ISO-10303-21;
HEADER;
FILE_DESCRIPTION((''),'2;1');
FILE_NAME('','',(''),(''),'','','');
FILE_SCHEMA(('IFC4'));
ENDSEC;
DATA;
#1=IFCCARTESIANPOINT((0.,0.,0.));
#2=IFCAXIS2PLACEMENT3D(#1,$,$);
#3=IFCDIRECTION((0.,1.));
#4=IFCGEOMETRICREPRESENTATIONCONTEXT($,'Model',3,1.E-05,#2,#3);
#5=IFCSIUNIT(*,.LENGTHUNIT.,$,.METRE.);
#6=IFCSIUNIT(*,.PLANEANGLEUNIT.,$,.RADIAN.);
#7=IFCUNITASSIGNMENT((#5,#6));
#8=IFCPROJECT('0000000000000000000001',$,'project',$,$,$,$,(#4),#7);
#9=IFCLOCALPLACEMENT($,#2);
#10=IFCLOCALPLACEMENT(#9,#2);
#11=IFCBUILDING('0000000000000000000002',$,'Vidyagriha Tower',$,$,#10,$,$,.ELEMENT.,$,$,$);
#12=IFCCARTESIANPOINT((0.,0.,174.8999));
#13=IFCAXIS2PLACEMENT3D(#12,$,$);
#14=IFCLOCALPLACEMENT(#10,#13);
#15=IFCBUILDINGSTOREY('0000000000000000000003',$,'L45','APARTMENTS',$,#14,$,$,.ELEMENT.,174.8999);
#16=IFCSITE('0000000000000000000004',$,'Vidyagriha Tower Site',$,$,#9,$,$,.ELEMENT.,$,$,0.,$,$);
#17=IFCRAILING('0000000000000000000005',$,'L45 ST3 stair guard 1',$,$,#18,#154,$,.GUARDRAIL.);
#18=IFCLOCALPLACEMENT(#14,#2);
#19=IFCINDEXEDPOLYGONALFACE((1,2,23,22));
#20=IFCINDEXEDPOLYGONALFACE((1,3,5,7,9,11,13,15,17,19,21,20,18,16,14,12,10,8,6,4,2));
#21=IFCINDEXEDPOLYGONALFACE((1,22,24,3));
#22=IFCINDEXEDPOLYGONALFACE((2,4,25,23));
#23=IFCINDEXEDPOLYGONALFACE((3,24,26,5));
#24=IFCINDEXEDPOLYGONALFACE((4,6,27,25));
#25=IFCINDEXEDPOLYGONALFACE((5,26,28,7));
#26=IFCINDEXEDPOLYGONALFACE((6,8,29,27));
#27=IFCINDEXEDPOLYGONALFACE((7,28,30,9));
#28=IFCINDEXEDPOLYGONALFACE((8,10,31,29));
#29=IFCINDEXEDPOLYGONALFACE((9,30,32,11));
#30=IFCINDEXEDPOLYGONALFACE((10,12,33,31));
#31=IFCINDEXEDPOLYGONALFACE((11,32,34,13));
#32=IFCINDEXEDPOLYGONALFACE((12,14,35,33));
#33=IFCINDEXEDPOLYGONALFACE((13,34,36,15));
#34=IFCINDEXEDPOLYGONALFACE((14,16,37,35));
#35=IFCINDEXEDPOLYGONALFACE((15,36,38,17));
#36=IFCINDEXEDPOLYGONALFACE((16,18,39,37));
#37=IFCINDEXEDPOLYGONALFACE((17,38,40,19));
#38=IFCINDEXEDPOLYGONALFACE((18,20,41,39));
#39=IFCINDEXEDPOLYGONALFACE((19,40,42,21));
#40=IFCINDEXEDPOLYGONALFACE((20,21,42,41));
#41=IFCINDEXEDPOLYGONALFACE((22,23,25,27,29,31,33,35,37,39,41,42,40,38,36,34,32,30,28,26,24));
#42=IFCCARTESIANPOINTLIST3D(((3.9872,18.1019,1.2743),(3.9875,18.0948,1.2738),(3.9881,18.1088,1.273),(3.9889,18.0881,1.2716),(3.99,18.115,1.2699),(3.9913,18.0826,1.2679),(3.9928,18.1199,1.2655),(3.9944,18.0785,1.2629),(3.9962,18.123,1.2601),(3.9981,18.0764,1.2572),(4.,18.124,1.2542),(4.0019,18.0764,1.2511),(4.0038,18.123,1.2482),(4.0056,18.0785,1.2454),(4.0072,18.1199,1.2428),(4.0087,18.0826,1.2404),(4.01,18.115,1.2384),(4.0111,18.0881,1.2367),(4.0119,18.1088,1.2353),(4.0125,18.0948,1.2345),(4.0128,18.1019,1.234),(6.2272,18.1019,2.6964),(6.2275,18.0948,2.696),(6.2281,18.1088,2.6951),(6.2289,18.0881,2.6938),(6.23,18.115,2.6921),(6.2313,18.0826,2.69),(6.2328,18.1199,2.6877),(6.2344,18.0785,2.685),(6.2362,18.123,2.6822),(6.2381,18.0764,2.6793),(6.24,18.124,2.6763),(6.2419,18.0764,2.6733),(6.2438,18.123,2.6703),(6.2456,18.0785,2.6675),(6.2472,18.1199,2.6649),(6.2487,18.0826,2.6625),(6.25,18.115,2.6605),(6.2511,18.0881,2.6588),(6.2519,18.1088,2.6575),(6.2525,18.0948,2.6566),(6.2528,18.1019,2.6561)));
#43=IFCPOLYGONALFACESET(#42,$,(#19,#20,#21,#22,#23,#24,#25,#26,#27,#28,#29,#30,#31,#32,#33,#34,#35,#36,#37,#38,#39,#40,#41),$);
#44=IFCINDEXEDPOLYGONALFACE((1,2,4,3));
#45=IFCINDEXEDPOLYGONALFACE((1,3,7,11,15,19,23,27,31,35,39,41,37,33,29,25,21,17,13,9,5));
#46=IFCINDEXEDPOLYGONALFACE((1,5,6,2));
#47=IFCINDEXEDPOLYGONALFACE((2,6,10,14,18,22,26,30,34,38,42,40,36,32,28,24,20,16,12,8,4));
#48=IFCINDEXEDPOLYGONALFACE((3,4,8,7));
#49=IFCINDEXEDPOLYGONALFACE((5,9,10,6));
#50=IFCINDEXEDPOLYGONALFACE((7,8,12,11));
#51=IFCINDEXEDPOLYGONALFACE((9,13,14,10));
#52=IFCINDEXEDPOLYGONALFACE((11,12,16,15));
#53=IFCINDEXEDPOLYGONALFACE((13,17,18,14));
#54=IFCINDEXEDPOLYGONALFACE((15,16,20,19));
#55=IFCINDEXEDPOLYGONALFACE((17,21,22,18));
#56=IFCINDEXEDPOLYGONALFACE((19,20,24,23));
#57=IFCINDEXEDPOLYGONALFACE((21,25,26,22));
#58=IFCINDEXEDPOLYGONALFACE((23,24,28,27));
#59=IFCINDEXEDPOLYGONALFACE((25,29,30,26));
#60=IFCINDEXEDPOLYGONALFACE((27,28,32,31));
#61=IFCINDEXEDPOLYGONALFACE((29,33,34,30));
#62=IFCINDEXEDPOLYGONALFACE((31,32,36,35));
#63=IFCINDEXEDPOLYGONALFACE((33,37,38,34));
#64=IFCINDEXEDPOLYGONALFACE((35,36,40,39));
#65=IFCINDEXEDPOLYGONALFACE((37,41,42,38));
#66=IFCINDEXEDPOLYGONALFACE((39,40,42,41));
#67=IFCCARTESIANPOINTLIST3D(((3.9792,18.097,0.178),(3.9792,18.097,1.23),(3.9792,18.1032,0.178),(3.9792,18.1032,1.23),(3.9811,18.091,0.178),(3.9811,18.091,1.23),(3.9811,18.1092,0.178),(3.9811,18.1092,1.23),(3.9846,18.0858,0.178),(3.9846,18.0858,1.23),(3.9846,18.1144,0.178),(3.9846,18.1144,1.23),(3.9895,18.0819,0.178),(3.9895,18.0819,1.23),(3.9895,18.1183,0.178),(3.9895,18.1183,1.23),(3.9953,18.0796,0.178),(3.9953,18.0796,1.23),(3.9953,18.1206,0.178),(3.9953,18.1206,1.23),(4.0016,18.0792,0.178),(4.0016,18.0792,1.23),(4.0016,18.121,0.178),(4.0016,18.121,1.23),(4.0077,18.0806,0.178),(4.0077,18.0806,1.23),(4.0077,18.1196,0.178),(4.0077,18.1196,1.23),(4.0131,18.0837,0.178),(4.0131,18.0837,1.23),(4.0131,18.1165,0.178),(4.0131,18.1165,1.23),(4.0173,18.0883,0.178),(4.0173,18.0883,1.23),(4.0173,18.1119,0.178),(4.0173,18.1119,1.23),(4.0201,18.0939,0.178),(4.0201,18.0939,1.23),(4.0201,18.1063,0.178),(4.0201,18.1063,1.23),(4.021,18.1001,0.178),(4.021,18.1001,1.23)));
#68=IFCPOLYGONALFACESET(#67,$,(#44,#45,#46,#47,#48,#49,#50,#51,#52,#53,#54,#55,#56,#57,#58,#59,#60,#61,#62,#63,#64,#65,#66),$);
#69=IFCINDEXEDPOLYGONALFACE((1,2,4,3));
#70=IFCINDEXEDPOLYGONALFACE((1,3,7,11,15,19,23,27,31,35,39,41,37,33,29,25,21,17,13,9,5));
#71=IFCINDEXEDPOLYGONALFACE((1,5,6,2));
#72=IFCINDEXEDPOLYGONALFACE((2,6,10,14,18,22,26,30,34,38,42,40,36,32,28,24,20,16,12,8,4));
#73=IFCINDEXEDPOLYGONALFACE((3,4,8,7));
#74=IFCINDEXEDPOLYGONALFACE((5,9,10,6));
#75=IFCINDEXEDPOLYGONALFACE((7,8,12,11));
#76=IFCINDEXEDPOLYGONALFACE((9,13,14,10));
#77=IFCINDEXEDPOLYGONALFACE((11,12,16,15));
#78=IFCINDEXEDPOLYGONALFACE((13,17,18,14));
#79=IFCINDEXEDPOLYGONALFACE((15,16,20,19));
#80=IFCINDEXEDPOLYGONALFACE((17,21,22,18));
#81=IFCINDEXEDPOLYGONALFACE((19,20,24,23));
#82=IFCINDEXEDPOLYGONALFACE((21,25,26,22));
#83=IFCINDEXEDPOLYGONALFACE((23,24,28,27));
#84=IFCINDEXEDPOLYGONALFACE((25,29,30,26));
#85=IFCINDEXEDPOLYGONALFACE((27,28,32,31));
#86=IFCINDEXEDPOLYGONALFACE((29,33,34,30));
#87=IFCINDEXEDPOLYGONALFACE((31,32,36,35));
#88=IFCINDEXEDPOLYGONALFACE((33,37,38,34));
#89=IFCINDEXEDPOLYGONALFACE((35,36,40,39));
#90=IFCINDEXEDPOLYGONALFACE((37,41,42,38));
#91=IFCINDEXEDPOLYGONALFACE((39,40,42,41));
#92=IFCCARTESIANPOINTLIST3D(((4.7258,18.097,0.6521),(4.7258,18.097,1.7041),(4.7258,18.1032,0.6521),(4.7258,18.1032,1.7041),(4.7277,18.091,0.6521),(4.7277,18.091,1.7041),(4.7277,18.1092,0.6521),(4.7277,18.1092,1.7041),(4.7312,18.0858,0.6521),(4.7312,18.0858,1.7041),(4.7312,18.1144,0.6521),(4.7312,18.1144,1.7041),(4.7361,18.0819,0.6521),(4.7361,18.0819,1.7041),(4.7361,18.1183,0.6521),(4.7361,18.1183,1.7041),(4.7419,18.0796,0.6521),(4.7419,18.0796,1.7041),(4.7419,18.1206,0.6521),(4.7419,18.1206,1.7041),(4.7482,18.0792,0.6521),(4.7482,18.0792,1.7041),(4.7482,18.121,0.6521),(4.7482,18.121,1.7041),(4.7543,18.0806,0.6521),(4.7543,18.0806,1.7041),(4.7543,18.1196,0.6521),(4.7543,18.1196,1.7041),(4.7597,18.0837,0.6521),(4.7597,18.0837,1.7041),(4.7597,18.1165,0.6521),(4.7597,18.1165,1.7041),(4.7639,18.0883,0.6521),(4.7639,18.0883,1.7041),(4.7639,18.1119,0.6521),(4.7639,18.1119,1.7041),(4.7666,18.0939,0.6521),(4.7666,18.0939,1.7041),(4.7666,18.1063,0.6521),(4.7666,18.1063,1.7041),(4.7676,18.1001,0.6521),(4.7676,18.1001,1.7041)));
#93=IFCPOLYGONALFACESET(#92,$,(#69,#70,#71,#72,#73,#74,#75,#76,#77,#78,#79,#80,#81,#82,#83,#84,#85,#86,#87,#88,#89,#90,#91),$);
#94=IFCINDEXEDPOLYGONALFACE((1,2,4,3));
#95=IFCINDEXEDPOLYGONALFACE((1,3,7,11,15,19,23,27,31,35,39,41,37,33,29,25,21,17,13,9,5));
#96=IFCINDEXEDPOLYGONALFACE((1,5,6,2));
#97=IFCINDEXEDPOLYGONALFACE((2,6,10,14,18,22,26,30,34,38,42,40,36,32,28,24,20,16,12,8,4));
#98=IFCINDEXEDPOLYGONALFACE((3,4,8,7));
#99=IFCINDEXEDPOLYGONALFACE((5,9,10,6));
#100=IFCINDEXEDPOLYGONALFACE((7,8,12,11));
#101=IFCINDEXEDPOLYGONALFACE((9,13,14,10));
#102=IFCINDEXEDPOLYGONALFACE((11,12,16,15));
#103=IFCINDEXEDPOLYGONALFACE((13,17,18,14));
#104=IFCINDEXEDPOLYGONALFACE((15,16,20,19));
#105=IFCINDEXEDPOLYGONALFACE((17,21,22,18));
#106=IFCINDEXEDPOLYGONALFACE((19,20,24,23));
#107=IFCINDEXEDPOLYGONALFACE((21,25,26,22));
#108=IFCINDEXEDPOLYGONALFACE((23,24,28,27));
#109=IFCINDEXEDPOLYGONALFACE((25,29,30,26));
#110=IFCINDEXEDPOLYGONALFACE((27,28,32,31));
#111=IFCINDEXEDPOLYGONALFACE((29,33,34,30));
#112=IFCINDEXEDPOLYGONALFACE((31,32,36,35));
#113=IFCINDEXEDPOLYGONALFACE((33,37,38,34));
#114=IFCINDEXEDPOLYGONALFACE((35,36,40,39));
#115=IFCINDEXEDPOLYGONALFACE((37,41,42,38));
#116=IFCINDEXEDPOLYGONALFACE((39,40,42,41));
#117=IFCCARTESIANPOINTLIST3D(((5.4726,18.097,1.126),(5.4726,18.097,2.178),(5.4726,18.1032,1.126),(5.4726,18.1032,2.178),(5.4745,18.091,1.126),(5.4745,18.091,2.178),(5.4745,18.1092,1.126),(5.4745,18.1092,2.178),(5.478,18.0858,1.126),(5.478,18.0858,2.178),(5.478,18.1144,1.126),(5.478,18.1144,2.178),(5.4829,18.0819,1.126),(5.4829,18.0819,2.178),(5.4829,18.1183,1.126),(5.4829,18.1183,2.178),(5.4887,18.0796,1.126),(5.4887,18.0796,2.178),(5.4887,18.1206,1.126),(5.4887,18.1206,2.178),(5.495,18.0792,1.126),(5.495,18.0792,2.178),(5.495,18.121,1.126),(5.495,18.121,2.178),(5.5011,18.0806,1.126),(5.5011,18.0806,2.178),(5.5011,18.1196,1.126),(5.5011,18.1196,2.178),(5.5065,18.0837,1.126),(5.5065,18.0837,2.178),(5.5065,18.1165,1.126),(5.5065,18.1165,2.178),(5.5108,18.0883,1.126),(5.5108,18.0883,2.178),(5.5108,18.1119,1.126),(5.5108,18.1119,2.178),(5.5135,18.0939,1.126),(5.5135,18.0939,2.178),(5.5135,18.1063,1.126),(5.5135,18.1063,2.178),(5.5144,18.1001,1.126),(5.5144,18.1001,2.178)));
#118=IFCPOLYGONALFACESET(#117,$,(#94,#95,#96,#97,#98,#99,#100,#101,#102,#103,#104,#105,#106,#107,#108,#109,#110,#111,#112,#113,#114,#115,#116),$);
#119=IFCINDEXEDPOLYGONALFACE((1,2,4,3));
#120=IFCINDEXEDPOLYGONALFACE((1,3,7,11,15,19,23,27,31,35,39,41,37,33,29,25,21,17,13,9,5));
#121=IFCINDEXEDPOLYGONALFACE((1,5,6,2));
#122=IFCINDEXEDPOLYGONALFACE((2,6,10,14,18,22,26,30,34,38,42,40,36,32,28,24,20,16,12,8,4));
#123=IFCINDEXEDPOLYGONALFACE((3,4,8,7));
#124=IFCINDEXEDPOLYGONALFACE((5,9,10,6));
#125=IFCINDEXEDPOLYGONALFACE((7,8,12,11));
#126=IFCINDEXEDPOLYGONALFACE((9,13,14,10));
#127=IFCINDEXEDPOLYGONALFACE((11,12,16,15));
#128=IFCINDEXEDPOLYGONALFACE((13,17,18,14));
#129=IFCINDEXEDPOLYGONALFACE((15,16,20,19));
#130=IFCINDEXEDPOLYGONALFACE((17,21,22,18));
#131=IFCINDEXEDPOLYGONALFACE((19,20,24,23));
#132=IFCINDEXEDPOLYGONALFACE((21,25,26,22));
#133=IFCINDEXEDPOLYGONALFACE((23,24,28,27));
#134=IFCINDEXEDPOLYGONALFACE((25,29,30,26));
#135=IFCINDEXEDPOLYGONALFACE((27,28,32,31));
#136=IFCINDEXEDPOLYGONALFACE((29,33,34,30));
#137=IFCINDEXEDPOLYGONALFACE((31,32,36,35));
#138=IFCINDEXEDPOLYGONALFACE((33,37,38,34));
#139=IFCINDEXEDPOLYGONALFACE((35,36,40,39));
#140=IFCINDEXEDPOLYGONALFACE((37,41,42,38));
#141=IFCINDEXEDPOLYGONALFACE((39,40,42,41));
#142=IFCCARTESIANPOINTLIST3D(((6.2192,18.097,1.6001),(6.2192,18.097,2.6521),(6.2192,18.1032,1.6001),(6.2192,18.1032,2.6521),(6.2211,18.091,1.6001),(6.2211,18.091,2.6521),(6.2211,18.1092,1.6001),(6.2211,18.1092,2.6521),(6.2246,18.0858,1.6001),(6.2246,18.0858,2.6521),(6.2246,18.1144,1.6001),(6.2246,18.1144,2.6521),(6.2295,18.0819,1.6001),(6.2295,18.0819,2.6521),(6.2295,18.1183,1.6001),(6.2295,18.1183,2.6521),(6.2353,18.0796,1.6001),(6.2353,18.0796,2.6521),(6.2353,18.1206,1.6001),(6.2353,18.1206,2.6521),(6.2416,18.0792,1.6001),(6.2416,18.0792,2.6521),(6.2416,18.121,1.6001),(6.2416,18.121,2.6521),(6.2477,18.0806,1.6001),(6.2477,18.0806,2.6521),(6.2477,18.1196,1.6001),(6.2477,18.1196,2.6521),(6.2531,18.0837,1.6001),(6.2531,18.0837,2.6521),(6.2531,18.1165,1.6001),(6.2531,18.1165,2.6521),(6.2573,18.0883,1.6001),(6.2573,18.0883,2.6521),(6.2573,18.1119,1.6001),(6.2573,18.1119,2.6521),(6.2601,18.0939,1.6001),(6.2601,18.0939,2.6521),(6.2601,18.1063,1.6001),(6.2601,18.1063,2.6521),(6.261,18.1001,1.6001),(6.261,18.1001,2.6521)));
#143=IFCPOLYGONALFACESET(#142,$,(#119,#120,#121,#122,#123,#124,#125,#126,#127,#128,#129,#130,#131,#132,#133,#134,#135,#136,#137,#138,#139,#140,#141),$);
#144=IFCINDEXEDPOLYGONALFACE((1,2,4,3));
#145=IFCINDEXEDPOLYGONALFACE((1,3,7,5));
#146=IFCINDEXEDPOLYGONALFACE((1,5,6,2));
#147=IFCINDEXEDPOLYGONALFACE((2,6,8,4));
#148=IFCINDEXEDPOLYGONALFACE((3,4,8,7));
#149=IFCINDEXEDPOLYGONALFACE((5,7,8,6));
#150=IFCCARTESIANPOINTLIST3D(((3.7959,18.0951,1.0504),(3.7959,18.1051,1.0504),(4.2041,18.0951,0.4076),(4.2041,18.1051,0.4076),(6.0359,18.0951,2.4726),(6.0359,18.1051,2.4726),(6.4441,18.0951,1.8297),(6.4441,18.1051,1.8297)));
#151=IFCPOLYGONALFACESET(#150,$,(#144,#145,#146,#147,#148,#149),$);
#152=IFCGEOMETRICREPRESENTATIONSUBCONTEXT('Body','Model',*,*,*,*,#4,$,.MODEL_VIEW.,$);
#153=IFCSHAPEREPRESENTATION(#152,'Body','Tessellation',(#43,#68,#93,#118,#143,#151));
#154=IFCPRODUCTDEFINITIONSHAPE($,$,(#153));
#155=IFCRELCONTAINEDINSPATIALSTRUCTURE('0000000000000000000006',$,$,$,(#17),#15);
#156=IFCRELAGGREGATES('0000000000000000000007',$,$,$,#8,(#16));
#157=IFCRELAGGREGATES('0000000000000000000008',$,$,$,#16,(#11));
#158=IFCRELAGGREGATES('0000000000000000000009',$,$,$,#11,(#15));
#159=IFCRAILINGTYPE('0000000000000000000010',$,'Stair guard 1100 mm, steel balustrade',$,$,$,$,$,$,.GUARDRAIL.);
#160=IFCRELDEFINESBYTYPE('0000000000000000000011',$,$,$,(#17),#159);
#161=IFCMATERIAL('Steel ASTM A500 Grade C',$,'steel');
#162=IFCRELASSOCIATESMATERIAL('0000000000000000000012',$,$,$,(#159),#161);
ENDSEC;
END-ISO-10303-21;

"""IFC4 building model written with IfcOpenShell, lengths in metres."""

from ifc_helpers import new_model, si_unit, direction, frame, origin, origin_2d, place, context, subcontext, project, spatial, rectangle, circle, extrude, material, type_object, element, save


model = new_model("IFC4")

# Units and contexts
model_context = context("Model", 3, precision=1e-05, world=origin(), true_north=direction((0.0, 1.0)))
body_context = subcontext(model_context, "Body", "Model", "MODEL_VIEW")
ifc_project = project(units=[si_unit("LENGTHUNIT", "METRE"), si_unit("PLANEANGLEUNIT", "RADIAN")], contexts=[model_context])

# Site, building, storey
site_placement = place(None, origin())
site = spatial("IfcSite", under=ifc_project, at=site_placement, Name="Vidyagriha Tower Site", CompositionType="ELEMENT", RefElevation=0.0)
building_placement = place(site_placement, origin())
building = spatial("IfcBuilding", under=site, at=building_placement, Name="Vidyagriha Tower", CompositionType="ELEMENT")
storey_placement = place(building_placement, frame((0.0, 0.0, 174.8999)))
storey = spatial("IfcBuildingStorey", under=building, at=storey_placement, Name="L45", Description="APARTMENTS", CompositionType="ELEMENT", Elevation=174.8999)

# Railing
ifc_material_1 = material(Name="Steel ASTM A500 Grade C", Category="steel")
railing_type_1 = type_object("IfcRailingType", Name="Stair guard 1100 mm, steel balustrade", PredefinedType="GUARDRAIL", material=ifc_material_1)
railing_1_placement = place(storey_placement, frame((4.0, 18.1001, 0.178)))
element("IfcRailing", 1, at=railing_1_placement, inside=storey, type_object=railing_type_1, Name="L45 ST3 stair guard 1", PredefinedType="GUARDRAIL", context=body_context, shape_type="SweptSolid", body=[
    extrude(circle(Radius=0.0239, at=origin_2d()), frame((0.0, 0.0, 1.0762), z_axis=(0.844229, 0.0, 0.535982), x_axis=(0.0, 1.0, 0.0)), (0.0, 0.0, 1.0), 2.6533),
    extrude(circle(Radius=0.021, at=origin_2d()), origin(), (0.0, 0.0, 1.0), 1.052),
    extrude(circle(Radius=0.021, at=origin_2d()), frame((0.7466, 0.0, 0.4741)), (0.0, 0.0, 1.0), 1.052),
    extrude(circle(Radius=0.021, at=origin_2d()), frame((1.4934, 0.0, 0.948)), (0.0, 0.0, 1.0), 1.052),
    extrude(circle(Radius=0.021, at=origin_2d()), frame((2.24, 0.0, 1.4221)), (0.0, 0.0, 1.0), 1.052),
    extrude(rectangle(XDim=0.01, YDim=0.7615, at=origin_2d()), frame((0.0, 0.0, 0.551), z_axis=(0.844229, 0.0, 0.535982), x_axis=(0.0, 1.0, 0.0)), (0.0, 0.0, 1.0), 2.6533),
])

save(model, "model.ifc")
